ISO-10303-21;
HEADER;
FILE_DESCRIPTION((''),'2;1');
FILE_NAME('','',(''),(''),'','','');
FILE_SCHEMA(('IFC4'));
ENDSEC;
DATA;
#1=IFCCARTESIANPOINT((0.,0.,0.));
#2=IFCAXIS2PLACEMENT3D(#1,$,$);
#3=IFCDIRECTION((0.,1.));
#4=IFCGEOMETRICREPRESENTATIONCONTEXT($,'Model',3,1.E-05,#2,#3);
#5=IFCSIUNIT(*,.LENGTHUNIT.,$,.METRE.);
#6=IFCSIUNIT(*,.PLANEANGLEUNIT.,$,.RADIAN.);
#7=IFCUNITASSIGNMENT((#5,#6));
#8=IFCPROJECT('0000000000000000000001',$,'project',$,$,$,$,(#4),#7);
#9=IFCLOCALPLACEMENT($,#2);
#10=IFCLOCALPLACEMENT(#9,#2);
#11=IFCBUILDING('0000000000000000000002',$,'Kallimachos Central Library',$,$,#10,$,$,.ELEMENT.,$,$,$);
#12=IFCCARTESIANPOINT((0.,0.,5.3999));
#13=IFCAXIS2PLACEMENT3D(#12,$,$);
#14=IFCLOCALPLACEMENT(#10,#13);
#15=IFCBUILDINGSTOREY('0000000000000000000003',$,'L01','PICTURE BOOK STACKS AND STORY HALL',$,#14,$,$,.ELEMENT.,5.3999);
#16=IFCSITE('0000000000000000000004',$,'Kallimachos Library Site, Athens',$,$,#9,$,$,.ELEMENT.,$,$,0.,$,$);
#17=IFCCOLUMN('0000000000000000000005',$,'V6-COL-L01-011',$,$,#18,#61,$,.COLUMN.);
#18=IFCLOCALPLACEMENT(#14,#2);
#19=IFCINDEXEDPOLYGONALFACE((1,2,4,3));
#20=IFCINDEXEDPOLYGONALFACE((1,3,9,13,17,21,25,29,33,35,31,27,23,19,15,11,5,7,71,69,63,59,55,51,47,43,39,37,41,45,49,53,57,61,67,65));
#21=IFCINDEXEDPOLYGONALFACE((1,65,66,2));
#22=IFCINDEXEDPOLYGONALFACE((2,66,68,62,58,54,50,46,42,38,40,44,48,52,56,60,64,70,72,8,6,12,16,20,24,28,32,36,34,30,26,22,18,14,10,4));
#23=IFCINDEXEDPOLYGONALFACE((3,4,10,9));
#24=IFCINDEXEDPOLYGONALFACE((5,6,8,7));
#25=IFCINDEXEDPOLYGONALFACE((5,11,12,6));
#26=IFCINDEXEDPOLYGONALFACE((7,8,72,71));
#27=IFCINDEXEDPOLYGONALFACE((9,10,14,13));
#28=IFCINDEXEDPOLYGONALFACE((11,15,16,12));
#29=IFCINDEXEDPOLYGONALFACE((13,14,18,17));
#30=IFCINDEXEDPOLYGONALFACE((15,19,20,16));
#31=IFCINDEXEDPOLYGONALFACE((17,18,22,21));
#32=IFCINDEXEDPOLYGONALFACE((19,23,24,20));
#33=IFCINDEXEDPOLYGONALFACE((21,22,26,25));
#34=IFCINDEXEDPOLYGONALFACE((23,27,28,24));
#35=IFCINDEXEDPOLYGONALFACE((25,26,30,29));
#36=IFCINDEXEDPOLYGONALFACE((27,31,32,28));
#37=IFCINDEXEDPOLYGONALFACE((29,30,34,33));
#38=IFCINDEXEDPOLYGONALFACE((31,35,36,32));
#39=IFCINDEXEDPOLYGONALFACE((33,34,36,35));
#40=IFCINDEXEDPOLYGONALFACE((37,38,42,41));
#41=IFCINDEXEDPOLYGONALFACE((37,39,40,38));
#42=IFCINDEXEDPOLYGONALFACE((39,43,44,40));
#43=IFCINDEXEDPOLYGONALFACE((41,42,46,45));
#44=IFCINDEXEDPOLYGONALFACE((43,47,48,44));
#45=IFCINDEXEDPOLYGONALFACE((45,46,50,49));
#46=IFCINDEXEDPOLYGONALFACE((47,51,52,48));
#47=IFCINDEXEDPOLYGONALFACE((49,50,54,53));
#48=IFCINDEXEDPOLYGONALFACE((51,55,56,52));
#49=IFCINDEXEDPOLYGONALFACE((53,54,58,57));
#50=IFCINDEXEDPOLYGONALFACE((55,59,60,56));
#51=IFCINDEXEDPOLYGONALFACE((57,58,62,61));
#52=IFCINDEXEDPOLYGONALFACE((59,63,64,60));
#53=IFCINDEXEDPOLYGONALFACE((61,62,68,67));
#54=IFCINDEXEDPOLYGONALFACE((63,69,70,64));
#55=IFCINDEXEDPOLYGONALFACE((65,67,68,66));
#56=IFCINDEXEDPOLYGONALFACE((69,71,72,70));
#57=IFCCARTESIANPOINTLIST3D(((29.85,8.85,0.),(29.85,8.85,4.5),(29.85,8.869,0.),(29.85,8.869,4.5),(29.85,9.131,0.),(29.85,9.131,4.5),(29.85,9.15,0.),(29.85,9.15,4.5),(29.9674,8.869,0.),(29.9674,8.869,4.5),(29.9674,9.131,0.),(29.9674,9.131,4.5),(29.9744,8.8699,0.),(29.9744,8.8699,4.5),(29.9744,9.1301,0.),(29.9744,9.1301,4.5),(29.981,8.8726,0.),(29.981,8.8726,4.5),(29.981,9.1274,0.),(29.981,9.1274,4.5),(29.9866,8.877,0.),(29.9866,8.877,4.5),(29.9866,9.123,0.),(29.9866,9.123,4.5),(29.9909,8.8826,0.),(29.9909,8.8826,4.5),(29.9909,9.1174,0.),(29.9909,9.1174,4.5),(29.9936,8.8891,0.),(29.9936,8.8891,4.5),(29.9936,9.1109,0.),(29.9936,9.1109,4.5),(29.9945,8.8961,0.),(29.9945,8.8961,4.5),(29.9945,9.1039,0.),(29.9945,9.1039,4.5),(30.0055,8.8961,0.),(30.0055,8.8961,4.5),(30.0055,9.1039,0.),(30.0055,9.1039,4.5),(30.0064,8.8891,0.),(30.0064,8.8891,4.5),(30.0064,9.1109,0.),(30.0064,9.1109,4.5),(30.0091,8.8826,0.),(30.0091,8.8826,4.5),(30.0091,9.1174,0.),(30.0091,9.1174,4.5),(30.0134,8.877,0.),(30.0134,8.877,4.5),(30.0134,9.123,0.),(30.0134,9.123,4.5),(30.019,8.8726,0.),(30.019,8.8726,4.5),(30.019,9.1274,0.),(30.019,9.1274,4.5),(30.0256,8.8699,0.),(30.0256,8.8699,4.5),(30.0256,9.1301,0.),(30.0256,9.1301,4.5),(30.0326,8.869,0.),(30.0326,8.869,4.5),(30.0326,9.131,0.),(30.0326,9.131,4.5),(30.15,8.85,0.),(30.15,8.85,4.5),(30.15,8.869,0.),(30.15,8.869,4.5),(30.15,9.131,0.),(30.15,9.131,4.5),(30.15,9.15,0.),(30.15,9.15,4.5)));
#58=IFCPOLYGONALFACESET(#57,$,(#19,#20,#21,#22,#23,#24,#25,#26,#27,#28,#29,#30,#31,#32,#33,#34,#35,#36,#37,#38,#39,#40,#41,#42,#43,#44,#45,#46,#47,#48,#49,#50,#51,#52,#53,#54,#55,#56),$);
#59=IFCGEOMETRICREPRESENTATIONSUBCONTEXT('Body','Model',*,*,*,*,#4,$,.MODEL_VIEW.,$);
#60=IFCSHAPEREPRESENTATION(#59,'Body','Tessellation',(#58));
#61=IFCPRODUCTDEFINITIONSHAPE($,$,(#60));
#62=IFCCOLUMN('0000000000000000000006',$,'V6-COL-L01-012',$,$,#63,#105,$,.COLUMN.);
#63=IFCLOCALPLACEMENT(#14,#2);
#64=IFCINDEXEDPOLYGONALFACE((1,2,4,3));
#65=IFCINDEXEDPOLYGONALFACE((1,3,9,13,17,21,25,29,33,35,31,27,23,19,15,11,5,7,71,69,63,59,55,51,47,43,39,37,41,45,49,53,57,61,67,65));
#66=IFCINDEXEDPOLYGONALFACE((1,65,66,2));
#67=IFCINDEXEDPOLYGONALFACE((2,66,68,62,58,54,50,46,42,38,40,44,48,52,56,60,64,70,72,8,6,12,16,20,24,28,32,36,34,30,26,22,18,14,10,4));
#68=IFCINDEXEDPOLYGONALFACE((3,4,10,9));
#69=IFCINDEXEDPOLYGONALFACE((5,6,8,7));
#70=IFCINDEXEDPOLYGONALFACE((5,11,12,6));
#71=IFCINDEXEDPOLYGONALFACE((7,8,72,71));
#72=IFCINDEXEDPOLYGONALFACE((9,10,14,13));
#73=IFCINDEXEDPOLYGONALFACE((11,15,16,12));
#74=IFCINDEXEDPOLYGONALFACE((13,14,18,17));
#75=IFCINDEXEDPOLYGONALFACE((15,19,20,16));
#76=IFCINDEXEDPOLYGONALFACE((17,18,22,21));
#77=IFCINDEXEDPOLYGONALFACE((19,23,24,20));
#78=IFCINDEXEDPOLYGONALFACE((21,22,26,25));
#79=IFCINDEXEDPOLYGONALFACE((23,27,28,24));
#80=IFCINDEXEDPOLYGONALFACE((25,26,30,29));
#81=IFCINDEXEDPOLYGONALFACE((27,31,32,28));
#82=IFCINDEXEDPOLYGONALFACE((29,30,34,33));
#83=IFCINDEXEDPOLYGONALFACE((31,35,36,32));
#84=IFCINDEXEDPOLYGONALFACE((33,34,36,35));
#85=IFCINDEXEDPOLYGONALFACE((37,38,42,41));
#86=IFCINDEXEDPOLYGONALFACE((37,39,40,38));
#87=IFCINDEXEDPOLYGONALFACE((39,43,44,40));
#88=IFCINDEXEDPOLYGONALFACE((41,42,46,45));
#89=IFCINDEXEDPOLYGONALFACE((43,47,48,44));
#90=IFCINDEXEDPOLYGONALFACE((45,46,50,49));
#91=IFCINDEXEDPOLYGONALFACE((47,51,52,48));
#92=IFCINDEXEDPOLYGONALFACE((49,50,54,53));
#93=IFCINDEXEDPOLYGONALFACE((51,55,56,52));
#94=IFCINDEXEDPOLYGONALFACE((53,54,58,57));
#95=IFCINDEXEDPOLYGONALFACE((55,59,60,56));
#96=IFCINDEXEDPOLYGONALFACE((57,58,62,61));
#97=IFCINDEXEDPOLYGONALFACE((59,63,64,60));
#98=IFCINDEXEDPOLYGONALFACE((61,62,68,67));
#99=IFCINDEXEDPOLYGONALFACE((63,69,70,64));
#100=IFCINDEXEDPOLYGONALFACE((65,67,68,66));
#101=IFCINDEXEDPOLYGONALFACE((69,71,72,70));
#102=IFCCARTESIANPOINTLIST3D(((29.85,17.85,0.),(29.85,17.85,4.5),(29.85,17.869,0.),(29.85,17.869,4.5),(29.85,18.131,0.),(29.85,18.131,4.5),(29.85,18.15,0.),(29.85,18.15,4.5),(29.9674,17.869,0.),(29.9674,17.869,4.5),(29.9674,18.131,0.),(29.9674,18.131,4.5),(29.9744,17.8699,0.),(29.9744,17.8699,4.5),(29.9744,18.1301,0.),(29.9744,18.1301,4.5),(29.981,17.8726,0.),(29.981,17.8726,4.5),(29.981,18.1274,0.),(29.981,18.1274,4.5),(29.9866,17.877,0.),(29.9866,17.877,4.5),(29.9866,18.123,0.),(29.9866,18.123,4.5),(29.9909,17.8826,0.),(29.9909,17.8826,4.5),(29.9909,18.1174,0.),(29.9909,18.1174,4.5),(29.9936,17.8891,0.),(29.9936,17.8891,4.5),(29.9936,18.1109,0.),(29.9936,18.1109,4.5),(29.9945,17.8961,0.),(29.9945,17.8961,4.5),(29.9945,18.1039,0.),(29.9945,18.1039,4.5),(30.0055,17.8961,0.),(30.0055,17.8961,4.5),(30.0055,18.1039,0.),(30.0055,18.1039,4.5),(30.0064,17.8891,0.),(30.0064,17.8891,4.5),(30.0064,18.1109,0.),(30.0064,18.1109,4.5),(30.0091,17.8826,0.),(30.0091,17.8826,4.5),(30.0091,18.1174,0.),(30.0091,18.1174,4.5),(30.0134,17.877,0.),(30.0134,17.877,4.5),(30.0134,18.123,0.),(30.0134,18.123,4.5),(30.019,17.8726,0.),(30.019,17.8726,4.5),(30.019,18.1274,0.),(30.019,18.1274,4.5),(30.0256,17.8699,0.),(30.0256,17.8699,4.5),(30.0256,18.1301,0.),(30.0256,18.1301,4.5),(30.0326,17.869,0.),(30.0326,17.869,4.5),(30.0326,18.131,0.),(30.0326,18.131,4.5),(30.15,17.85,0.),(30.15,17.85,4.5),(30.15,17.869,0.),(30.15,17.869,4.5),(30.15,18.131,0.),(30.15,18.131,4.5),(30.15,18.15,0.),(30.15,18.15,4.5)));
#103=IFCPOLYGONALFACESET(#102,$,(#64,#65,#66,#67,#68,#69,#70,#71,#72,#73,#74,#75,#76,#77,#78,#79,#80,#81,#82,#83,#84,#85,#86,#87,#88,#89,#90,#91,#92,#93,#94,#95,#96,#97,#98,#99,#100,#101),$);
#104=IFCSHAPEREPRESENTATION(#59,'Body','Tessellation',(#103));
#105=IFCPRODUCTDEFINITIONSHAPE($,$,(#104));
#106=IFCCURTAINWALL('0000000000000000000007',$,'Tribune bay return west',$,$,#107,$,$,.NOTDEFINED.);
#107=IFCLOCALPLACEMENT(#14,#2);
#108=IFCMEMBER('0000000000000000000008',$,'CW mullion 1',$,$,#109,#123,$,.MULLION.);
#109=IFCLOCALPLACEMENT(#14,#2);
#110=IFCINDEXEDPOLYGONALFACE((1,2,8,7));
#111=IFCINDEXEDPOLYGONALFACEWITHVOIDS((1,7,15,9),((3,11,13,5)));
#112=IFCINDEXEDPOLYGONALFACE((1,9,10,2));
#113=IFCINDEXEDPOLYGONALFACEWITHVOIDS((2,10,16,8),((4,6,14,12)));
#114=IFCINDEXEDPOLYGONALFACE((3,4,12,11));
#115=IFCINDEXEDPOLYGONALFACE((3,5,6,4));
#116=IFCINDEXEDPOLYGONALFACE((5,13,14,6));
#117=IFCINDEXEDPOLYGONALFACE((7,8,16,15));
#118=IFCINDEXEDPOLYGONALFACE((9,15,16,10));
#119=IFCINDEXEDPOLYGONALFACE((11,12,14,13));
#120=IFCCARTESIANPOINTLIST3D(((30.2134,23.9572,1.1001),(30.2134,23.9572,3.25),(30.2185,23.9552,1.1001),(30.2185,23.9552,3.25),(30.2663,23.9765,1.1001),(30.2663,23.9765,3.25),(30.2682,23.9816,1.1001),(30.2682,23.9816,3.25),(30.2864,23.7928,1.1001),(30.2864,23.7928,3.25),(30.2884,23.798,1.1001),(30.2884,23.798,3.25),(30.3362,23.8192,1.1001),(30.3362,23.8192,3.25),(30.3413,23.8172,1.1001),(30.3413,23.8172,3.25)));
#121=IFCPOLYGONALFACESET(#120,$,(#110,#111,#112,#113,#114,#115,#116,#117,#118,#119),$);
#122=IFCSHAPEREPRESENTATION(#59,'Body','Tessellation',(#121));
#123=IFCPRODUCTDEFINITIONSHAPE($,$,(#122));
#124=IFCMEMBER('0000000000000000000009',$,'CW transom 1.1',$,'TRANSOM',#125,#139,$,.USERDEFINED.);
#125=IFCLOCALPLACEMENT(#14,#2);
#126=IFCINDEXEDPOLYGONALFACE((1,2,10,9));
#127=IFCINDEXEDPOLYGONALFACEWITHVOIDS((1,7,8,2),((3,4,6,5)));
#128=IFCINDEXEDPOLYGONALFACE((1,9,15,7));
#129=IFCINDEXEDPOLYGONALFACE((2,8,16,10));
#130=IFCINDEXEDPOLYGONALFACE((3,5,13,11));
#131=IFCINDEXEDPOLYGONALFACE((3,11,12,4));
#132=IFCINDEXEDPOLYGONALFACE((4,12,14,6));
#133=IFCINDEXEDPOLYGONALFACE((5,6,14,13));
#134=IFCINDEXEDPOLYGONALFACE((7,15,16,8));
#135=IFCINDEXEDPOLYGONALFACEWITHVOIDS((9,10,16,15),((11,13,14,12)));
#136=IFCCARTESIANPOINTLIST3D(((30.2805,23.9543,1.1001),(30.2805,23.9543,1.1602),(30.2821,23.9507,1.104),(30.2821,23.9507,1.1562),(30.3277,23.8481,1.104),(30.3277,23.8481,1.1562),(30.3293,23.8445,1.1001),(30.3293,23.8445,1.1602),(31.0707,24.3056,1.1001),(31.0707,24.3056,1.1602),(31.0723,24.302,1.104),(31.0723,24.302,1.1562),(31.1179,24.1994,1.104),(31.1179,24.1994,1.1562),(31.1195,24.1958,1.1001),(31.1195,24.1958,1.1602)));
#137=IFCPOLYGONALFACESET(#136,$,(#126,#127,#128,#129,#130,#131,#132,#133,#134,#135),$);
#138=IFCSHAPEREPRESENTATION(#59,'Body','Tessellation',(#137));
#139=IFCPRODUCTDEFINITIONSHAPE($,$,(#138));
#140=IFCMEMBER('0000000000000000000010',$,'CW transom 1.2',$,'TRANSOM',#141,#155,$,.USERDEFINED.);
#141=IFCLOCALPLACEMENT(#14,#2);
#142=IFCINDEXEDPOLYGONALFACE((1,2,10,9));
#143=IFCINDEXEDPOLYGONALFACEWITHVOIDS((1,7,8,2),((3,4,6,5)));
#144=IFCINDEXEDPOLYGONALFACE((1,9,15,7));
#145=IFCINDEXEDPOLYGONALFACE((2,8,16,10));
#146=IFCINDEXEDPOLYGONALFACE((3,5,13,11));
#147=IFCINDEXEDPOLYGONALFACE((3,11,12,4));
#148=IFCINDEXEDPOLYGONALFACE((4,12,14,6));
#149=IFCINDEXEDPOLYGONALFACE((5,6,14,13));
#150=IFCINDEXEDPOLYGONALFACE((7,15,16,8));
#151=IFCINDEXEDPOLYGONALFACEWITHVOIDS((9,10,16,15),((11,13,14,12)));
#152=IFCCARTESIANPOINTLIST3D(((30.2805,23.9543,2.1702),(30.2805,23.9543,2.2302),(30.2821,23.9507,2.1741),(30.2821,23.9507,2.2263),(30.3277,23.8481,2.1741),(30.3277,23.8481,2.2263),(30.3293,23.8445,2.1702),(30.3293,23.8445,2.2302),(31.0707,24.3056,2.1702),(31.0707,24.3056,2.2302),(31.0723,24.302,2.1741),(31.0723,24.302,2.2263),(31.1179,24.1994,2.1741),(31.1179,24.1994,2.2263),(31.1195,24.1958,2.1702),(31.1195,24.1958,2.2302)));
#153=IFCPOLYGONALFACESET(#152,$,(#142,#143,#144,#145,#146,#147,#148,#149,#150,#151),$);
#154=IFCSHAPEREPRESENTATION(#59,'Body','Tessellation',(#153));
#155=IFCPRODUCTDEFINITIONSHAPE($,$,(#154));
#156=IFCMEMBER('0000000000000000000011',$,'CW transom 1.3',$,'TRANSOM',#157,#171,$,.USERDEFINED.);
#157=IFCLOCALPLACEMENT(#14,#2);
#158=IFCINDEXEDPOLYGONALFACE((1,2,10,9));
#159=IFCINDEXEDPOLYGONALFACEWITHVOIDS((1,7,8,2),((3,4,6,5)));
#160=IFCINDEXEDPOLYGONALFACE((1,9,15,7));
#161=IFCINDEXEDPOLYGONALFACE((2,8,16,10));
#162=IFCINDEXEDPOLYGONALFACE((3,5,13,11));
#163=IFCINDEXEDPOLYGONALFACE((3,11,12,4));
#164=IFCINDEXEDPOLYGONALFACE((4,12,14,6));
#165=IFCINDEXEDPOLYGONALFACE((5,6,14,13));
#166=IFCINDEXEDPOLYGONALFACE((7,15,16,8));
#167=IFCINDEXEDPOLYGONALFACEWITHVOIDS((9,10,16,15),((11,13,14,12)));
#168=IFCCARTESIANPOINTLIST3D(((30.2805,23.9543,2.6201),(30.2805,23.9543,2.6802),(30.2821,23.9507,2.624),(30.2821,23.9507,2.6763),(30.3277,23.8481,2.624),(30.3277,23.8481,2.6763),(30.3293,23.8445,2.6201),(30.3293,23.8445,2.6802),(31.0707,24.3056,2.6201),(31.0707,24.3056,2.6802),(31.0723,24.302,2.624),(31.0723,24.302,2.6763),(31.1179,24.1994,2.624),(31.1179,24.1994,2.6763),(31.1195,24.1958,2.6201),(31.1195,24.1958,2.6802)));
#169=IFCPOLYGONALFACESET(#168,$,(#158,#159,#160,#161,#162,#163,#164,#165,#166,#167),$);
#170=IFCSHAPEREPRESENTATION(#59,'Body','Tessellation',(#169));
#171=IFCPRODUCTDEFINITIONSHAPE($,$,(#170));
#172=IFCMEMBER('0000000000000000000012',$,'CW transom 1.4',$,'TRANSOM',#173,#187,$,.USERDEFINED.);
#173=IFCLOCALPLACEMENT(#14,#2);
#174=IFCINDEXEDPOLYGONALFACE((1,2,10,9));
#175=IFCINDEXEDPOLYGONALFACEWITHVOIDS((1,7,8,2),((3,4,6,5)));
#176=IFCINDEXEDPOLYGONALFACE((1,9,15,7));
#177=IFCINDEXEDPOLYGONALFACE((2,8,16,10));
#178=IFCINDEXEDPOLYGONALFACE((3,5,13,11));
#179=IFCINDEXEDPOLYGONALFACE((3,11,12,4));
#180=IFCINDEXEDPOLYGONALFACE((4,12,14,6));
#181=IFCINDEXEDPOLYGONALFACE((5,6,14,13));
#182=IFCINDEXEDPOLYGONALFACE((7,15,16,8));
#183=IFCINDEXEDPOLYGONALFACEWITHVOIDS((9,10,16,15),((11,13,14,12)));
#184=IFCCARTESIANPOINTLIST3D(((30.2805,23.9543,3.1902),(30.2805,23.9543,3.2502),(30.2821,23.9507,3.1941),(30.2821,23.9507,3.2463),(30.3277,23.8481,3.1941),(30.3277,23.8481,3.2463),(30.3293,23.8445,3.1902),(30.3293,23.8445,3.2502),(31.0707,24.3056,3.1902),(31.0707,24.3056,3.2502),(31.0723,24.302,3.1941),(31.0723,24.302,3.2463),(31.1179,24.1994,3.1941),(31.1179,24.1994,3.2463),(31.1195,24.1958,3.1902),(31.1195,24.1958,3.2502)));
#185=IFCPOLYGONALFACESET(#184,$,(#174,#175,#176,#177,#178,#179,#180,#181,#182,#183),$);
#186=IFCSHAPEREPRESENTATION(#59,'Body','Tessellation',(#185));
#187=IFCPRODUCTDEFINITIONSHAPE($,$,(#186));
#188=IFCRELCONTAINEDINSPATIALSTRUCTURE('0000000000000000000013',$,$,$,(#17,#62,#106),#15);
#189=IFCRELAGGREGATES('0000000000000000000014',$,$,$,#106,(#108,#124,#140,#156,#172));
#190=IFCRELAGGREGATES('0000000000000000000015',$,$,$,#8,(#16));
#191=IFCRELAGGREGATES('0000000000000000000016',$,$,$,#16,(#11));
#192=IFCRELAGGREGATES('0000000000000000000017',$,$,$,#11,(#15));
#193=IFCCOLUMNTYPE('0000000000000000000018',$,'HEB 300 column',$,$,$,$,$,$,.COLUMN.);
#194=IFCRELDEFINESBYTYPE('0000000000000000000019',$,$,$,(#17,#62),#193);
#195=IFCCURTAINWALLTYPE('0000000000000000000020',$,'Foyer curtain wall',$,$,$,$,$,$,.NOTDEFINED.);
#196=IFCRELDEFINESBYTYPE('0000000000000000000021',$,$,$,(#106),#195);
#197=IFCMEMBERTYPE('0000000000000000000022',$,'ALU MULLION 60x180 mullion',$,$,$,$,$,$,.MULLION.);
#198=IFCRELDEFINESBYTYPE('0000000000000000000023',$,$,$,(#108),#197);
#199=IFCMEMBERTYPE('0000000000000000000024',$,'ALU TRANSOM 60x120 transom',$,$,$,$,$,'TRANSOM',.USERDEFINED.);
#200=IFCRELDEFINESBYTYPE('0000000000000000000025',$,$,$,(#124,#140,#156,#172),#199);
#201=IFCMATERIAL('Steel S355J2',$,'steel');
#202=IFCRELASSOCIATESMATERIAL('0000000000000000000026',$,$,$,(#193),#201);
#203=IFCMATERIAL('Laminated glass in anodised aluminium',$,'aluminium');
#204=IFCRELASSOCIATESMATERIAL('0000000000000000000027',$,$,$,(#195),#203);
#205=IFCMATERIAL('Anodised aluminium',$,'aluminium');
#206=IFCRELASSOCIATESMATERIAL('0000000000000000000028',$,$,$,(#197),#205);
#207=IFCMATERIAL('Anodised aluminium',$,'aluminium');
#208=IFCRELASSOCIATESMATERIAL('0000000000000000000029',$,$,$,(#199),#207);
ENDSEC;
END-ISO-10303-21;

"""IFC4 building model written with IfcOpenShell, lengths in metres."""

from ifc_helpers import new_model, si_unit, direction, frame, origin, origin_2d, place, context, subcontext, project, spatial, hollow_rectangle, i_section, extrude, material, material_profile, profile_set, type_object, element, aggregate, save


model = new_model("IFC4")

# Units and contexts
model_context = context("Model", 3, precision=1e-05, world=origin(), true_north=direction((0.0, 1.0)))
body_context = subcontext(model_context, "Body", "Model", "MODEL_VIEW")
ifc_project = project(units=[si_unit("LENGTHUNIT", "METRE"), si_unit("PLANEANGLEUNIT", "RADIAN")], contexts=[model_context])

# Site, building, storey
site_placement = place(None, origin())
site = spatial("IfcSite", under=ifc_project, at=site_placement, Name="Kallimachos Library Site, Athens", CompositionType="ELEMENT", RefElevation=0.0)
building_placement = place(site_placement, origin())
building = spatial("IfcBuilding", under=site, at=building_placement, Name="Kallimachos Central Library", CompositionType="ELEMENT")
storey_placement = place(building_placement, frame((0.0, 0.0, 5.3999)))
storey = spatial("IfcBuildingStorey", under=building, at=storey_placement, Name="L01", Description="PICTURE BOOK STACKS AND STORY HALL", CompositionType="ELEMENT", Elevation=5.3999)

# Columns
ifc_material_1 = material(Name="Steel S355J2", Category="steel")
ifc_material_profile_1 = material_profile(ifc_material_1, i_section(OverallWidth=0.3, OverallDepth=0.3, WebThickness=0.011, FlangeThickness=0.019, FilletRadius=0.0271, at=origin_2d()), Name="HEB 300")
ifc_profile_set_1 = profile_set([ifc_material_profile_1], Name="Steel S355J2")
column_type = type_object("IfcColumnType", Name="HEB 300 column", PredefinedType="COLUMN", material=ifc_profile_set_1)
for number, where, z_axis, x_axis, name in (
    (1, (30.0, 9.0, 0.0), (0.0, 0.0, 1.0), (1.0, 0.0, 0.0), "V6-COL-L01-011"),
    (2, (30.0, 18.0, 0.0), (0.0, 0.0, 1.0), (1.0, 0.0, 0.0), "V6-COL-L01-012"),
):
    element("IfcColumn", number, at=place(storey_placement, frame(where, z_axis=z_axis, x_axis=x_axis)), inside=storey, type_object=column_type, Name=name, PredefinedType="COLUMN", context=body_context, shape_type="SweptSolid", body=[
        extrude(i_section(OverallWidth=0.3, OverallDepth=0.3, WebThickness=0.011, FlangeThickness=0.019, FilletRadius=0.0271, at=origin_2d()), origin(), (0.0, 0.0, 1.0), 4.5),
    ])

# Curtain wall, members
ifc_material_2 = material(Name="Laminated glass in anodised aluminium", Category="aluminium")
curtain_wall_type = type_object("IfcCurtainWallType", Name="Foyer curtain wall", PredefinedType="NOTDEFINED", material=ifc_material_2)
curtain_wall_placement = place(storey_placement, origin())
curtain_wall = element("IfcCurtainWall", 3, at=curtain_wall_placement, inside=storey, type_object=curtain_wall_type, Name="Tribune bay return west", PredefinedType="NOTDEFINED")
ifc_material_3 = material(Name="Anodised aluminium", Category="aluminium")
ifc_material_profile_2 = material_profile(ifc_material_3, hollow_rectangle(XDim=0.0601, YDim=0.1799, WallThickness=0.0039, at=origin_2d()), Name="ALU MULLION 60x180")
ifc_profile_set_2 = profile_set([ifc_material_profile_2], Name="Anodised aluminium")
member_type_1 = type_object("IfcMemberType", Name="ALU MULLION 60x180 mullion", PredefinedType="MULLION", material=ifc_profile_set_2)
member_1_placement = place(storey_placement, frame((30.2773, 23.8872, 1.1001), z_axis=(0.0, 0.0, 1.0), x_axis=(0.913812, 0.406138, 0.0)))
member_1 = element("IfcMember", 4, at=member_1_placement, type_object=member_type_1, Name="CW mullion 1", PredefinedType="MULLION", context=body_context, shape_type="SweptSolid", body=[
    extrude(hollow_rectangle(XDim=0.0601, YDim=0.1799, WallThickness=0.0039, at=origin_2d()), origin(), (0.0, 0.0, 1.0), 2.1499),
])
ifc_material_4 = material(Name="Anodised aluminium", Category="aluminium")
ifc_material_profile_3 = material_profile(ifc_material_4, hollow_rectangle(XDim=0.0601, YDim=0.1201, WallThickness=0.0039, at=origin_2d()), Name="ALU TRANSOM 60x120")
ifc_profile_set_3 = profile_set([ifc_material_profile_3], Name="Anodised aluminium")
member_type_2 = type_object("IfcMemberType", Name="ALU TRANSOM 60x120 transom", ElementType="TRANSOM", PredefinedType="USERDEFINED", material=ifc_profile_set_3)
member_2_placement = place(storey_placement, frame((30.3049, 23.8994, 1.1301), z_axis=(0.913777, 0.406217, 0.0), x_axis=(0.0, 0.0, 1.0)))
member_2 = element("IfcMember", 5, at=member_2_placement, type_object=member_type_2, Name="CW transom 1.1", ObjectType="TRANSOM", PredefinedType="USERDEFINED", context=body_context, shape_type="SweptSolid", body=[
    extrude(hollow_rectangle(XDim=0.0601, YDim=0.1201, WallThickness=0.0039, at=origin_2d()), origin(), (0.0, 0.0, 1.0), 0.8647),
])
member_3_placement = place(storey_placement, frame((30.3049, 23.8994, 2.2002), z_axis=(0.913777, 0.406217, 0.0), x_axis=(0.0, 0.0, 1.0)))
member_3 = element("IfcMember", 6, at=member_3_placement, type_object=member_type_2, Name="CW transom 1.2", ObjectType="TRANSOM", PredefinedType="USERDEFINED", context=body_context, shape_type="SweptSolid", body=[
    extrude(hollow_rectangle(XDim=0.0601, YDim=0.1201, WallThickness=0.0039, at=origin_2d()), origin(), (0.0, 0.0, 1.0), 0.8647),
])
member_4_placement = place(storey_placement, frame((30.3049, 23.8994, 2.6501), z_axis=(0.913777, 0.406217, 0.0), x_axis=(0.0, 0.0, 1.0)))
member_4 = element("IfcMember", 7, at=member_4_placement, type_object=member_type_2, Name="CW transom 1.3", ObjectType="TRANSOM", PredefinedType="USERDEFINED", context=body_context, shape_type="SweptSolid", body=[
    extrude(hollow_rectangle(XDim=0.0601, YDim=0.1201, WallThickness=0.0039, at=origin_2d()), origin(), (0.0, 0.0, 1.0), 0.8647),
])
member_5_placement = place(storey_placement, frame((30.3049, 23.8994, 3.2202), z_axis=(0.913777, 0.406217, 0.0), x_axis=(0.0, 0.0, 1.0)))
member_5 = element("IfcMember", 8, at=member_5_placement, type_object=member_type_2, Name="CW transom 1.4", ObjectType="TRANSOM", PredefinedType="USERDEFINED", context=body_context, shape_type="SweptSolid", body=[
    extrude(hollow_rectangle(XDim=0.0601, YDim=0.1201, WallThickness=0.0039, at=origin_2d()), origin(), (0.0, 0.0, 1.0), 0.8647),
])

aggregate(curtain_wall, [member_1, member_2, member_3, member_4, member_5])

save(model, "model.ifc")
